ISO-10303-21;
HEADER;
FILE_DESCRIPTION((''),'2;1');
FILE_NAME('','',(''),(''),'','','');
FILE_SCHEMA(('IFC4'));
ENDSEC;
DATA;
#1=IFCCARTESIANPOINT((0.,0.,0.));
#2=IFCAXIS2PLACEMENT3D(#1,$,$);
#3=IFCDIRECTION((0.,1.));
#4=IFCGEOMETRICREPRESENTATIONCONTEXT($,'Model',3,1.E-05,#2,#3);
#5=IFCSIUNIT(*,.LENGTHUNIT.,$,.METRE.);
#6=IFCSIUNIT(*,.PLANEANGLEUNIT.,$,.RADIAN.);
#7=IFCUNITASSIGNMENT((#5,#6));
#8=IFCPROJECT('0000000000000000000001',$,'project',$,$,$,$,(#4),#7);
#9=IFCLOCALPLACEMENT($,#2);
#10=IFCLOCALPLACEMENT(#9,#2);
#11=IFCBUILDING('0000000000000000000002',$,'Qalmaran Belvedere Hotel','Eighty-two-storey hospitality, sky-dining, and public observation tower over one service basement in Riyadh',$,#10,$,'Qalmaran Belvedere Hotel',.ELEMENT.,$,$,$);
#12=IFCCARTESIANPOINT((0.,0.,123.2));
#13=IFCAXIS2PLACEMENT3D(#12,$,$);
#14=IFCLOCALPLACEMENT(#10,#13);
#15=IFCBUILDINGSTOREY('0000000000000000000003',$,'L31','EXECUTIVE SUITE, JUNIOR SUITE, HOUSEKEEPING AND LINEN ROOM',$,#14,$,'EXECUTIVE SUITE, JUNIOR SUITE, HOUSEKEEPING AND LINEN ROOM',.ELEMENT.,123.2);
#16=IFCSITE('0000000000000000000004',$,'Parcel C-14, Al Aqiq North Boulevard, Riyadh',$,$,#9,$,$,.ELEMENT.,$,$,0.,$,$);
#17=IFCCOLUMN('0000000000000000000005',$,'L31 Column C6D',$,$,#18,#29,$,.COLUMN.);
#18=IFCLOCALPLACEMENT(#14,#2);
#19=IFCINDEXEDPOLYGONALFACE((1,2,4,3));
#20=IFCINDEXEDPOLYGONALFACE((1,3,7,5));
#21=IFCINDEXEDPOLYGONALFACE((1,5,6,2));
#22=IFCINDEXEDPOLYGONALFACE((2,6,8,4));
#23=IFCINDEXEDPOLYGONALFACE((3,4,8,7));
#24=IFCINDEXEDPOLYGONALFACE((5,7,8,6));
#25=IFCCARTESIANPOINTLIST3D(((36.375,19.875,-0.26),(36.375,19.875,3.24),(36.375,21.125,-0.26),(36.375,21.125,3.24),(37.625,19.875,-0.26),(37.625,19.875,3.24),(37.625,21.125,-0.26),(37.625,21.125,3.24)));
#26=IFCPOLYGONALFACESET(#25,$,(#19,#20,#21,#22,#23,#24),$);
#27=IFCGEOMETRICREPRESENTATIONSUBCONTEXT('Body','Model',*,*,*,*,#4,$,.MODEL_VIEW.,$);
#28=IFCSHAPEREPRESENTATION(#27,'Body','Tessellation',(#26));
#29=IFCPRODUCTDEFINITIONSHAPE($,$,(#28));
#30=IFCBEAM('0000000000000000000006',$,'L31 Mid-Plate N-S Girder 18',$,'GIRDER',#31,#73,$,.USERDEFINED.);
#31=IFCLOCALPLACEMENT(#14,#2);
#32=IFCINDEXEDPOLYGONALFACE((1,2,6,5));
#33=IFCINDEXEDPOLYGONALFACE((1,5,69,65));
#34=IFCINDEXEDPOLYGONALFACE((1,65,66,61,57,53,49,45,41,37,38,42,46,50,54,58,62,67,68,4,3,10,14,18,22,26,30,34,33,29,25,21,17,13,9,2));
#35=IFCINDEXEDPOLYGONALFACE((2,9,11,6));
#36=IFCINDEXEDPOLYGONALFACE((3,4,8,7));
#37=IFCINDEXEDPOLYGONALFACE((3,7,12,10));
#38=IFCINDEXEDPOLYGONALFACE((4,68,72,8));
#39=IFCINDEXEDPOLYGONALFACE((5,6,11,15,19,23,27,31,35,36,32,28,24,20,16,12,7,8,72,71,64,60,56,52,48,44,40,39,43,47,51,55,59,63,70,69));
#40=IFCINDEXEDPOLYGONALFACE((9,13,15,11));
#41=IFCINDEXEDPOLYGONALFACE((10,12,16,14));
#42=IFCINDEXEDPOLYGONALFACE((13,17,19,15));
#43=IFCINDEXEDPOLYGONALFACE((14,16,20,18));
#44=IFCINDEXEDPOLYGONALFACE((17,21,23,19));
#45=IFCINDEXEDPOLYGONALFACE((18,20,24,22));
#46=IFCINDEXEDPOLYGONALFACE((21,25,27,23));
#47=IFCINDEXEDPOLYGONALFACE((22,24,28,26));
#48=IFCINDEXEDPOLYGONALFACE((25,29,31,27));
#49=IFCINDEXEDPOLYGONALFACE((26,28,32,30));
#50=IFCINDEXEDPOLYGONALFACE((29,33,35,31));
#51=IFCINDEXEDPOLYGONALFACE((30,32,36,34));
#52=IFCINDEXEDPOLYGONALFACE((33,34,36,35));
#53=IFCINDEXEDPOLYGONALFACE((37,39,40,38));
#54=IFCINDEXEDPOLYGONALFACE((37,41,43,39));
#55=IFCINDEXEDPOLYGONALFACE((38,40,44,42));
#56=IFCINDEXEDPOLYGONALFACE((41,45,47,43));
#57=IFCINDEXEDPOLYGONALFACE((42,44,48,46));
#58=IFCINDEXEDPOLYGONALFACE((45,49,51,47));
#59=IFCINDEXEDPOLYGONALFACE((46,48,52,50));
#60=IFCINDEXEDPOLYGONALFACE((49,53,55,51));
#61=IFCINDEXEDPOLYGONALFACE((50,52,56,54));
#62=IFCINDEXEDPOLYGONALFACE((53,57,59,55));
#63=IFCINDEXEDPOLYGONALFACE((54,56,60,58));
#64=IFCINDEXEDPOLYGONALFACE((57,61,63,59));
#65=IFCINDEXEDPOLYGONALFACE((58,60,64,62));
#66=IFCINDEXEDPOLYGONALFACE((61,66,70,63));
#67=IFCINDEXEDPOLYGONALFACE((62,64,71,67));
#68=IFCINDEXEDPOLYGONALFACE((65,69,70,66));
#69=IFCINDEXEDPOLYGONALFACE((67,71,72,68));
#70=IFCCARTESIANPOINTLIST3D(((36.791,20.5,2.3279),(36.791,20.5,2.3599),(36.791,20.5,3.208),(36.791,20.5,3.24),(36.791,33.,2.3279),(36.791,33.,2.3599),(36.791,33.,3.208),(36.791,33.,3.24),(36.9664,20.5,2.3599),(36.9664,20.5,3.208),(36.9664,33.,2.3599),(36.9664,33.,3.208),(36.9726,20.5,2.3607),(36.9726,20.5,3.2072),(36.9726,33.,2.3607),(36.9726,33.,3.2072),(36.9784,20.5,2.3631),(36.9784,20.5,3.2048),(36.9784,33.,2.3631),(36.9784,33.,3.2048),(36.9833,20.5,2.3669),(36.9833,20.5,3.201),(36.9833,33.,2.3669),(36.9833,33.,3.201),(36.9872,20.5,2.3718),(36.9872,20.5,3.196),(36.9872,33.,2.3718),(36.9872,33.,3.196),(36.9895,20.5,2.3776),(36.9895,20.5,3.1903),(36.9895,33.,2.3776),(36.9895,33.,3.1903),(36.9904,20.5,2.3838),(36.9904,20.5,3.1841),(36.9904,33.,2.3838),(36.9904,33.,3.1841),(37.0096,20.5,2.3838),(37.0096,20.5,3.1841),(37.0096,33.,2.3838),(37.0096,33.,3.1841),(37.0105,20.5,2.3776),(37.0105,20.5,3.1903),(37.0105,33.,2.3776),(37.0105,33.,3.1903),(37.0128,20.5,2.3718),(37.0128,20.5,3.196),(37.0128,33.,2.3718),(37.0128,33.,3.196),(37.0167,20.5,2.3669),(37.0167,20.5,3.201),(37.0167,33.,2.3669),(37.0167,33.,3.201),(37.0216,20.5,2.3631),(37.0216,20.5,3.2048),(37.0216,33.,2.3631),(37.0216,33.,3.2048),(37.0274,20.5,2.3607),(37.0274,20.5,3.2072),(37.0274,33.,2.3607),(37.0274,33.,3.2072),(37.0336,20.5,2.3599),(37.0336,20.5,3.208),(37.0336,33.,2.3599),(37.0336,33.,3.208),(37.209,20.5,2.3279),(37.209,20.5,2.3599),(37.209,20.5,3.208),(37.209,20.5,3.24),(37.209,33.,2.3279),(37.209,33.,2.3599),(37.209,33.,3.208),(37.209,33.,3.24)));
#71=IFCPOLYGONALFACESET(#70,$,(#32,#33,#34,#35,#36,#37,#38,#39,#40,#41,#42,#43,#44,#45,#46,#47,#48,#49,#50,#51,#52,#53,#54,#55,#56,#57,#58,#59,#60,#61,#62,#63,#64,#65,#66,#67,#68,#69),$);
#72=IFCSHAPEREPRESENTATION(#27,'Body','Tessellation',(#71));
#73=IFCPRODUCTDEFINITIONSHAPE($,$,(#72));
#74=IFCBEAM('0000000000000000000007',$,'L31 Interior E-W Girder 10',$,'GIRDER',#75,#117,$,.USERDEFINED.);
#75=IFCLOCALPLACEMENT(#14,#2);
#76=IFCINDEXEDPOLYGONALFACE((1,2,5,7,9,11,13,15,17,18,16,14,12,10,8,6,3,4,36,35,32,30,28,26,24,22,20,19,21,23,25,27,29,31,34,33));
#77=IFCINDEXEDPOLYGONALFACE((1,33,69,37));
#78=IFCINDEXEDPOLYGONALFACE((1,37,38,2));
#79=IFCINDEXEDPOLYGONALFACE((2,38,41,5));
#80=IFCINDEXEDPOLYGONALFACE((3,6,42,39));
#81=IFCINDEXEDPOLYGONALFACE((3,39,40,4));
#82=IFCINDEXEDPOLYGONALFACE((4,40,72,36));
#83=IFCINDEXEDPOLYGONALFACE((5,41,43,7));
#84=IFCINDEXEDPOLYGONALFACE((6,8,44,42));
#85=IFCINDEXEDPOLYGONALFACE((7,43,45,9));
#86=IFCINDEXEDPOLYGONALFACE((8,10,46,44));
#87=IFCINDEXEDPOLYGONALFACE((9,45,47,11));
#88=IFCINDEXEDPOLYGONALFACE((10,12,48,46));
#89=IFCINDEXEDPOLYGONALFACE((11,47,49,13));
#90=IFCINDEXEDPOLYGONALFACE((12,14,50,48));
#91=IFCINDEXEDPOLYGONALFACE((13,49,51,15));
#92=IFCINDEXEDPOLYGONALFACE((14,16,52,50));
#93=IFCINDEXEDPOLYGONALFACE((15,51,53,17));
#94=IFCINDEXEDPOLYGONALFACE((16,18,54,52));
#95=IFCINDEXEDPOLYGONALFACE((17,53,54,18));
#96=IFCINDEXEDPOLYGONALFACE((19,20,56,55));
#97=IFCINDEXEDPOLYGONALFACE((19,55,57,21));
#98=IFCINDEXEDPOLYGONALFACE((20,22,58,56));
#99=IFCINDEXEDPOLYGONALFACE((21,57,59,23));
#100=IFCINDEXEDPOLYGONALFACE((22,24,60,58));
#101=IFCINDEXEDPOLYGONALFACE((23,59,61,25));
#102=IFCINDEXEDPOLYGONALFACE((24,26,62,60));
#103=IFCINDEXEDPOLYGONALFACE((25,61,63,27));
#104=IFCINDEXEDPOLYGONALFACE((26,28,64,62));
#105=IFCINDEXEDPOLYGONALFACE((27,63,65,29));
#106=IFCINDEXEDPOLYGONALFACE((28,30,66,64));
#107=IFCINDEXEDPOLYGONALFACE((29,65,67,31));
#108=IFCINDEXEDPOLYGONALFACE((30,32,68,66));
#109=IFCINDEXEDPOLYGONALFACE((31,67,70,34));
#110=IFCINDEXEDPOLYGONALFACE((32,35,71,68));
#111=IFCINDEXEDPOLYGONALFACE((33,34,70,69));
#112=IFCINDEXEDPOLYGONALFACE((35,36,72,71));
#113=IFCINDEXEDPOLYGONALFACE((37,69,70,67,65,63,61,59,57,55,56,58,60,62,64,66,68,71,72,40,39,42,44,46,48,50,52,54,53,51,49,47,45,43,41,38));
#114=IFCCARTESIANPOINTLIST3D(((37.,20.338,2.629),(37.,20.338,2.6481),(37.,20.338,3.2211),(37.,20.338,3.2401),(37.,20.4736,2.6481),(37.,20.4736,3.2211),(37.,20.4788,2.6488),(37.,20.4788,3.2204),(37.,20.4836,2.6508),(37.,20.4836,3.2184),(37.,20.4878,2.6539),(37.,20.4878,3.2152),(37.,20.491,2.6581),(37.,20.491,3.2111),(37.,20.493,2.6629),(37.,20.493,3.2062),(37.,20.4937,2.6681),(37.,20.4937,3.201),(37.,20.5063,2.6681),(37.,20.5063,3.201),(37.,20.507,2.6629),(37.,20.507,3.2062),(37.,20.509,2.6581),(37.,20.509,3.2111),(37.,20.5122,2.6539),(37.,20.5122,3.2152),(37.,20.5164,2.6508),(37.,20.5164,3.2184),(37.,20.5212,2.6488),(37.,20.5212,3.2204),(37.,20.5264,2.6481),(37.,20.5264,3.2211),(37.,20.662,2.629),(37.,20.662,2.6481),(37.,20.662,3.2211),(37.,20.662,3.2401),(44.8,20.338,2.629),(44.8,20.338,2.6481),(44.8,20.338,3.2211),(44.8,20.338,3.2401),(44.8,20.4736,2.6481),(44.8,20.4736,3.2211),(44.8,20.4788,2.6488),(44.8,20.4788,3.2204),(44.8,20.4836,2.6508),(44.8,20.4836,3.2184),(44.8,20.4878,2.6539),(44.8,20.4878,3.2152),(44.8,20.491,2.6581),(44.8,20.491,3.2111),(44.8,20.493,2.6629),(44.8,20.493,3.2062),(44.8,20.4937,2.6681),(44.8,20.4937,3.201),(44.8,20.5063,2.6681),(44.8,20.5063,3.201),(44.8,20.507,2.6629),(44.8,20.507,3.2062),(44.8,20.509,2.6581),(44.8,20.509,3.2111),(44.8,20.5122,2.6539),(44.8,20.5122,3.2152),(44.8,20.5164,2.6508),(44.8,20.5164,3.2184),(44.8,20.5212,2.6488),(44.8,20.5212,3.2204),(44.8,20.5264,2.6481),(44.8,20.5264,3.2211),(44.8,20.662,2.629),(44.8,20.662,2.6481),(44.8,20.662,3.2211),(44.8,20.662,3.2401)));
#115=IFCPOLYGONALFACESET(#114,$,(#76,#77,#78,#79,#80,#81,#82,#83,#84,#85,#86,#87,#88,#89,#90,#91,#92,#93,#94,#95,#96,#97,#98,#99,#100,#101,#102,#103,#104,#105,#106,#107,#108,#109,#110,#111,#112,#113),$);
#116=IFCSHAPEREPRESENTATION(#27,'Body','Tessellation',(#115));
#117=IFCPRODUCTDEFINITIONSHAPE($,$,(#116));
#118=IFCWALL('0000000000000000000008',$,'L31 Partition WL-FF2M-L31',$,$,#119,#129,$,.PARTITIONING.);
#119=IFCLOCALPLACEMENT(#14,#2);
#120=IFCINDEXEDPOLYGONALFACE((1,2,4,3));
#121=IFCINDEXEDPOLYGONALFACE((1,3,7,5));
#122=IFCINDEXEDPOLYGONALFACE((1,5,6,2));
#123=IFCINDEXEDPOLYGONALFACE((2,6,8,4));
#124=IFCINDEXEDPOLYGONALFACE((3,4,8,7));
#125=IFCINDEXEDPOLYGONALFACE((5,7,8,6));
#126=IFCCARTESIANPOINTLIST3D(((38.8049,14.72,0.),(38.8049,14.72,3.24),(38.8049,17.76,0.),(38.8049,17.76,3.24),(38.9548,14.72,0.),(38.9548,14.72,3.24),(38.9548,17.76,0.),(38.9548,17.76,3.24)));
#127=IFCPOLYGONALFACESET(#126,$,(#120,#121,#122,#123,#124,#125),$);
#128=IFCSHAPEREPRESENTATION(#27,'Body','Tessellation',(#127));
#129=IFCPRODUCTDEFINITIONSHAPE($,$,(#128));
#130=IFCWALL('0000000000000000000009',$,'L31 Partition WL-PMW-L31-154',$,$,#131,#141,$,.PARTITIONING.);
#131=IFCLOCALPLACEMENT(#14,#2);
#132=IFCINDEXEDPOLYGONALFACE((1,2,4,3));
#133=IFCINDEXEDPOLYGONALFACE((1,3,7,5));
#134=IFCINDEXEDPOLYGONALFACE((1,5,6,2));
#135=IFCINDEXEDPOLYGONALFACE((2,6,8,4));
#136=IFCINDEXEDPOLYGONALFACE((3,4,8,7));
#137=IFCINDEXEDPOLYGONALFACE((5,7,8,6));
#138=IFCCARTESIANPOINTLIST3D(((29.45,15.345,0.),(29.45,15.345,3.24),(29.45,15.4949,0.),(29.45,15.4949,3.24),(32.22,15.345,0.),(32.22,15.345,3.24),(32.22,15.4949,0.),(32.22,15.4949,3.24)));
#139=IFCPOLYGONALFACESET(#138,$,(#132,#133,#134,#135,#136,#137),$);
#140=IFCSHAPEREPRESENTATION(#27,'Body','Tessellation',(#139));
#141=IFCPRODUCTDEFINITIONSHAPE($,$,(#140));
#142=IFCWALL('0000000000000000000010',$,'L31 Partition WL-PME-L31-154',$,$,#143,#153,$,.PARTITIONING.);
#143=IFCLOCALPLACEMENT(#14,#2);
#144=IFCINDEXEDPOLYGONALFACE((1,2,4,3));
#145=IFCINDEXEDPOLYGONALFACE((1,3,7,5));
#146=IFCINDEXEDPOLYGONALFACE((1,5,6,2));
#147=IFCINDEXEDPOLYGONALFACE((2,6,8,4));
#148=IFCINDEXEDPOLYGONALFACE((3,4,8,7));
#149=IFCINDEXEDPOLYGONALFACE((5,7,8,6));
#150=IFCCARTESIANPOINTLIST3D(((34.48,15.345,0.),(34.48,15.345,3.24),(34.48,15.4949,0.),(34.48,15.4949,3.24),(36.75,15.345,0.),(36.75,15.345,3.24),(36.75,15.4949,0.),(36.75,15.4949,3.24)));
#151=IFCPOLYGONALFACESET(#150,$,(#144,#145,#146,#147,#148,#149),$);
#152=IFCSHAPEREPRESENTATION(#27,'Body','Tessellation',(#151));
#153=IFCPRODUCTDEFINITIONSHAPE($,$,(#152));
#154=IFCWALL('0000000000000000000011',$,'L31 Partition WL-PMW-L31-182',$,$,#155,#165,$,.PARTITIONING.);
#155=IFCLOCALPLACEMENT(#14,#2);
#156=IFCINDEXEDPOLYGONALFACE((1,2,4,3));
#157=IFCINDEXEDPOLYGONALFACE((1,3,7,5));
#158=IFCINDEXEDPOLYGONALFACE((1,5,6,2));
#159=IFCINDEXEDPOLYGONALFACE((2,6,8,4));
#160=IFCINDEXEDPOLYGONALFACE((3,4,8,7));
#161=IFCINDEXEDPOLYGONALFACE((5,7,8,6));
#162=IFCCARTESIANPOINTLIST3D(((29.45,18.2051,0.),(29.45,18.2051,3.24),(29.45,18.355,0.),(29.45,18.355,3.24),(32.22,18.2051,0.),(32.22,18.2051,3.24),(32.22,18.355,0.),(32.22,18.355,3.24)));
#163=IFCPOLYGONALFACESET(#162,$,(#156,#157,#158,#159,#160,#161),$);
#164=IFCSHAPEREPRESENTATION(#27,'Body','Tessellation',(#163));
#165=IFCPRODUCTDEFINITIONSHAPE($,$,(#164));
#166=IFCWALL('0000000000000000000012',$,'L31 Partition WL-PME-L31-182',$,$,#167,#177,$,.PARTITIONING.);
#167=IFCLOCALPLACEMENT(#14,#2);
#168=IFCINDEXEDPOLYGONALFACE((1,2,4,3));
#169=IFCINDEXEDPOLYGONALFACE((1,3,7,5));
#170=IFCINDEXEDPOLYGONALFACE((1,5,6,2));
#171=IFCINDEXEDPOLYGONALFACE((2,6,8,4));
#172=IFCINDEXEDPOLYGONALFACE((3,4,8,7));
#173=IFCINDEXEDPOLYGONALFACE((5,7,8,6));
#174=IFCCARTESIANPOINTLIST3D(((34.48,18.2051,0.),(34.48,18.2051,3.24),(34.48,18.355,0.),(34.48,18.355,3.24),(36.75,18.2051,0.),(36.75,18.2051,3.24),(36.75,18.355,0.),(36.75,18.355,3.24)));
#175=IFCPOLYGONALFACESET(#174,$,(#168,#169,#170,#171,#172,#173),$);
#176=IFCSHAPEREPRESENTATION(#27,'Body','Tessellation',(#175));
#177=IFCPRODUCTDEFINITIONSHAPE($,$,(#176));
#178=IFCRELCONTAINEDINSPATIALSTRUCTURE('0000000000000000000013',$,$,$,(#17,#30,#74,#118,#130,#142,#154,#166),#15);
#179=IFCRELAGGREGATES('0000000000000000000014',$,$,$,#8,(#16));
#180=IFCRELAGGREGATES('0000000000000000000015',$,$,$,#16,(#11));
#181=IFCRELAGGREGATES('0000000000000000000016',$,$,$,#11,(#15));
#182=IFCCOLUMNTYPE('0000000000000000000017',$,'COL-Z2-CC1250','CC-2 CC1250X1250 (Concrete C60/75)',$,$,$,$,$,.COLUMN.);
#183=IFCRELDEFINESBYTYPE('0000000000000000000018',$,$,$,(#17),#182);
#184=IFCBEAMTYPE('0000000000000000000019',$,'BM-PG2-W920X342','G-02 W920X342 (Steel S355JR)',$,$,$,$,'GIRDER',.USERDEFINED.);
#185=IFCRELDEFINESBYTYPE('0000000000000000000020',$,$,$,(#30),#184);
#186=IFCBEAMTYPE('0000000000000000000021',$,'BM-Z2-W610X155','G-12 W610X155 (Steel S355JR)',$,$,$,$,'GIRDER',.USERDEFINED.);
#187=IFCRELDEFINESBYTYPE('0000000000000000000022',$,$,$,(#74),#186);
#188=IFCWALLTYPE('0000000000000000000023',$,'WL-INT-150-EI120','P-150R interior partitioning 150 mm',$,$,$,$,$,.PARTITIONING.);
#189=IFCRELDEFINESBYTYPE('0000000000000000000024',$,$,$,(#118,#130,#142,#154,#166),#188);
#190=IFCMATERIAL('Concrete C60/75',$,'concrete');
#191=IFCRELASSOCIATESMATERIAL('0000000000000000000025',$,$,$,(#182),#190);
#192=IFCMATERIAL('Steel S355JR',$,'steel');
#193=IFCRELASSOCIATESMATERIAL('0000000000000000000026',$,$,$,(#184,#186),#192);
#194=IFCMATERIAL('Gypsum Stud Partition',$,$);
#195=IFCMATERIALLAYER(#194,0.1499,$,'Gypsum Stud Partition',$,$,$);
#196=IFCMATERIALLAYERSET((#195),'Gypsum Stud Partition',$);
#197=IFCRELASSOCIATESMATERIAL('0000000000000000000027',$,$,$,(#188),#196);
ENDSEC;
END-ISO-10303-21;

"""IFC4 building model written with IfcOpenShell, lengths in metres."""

from ifc_helpers import new_model, si_unit, direction, frame, frame_2d, origin, origin_2d, place, context, subcontext, project, spatial, rectangle, i_section, extrude, material, layer, layer_set, material_profile, profile_set, type_object, element, save


model = new_model("IFC4")

# Units and contexts
model_context = context("Model", 3, precision=1e-05, world=origin(), true_north=direction((0.0, 1.0)))
body_context = subcontext(model_context, "Body", "Model", "MODEL_VIEW")
ifc_project = project(units=[si_unit("LENGTHUNIT", "METRE"), si_unit("PLANEANGLEUNIT", "RADIAN")], contexts=[model_context])

# Site, building, storey
site_placement = place(None, origin())
site = spatial("IfcSite", under=ifc_project, at=site_placement, Name="Parcel C-14, Al Aqiq North Boulevard, Riyadh", CompositionType="ELEMENT", RefElevation=0.0)
building_placement = place(site_placement, origin())
building = spatial("IfcBuilding", under=site, at=building_placement, Name="Qalmaran Belvedere Hotel", Description="Eighty-two-storey hospitality, sky-dining, and public observation tower over one service basement in Riyadh", LongName="Qalmaran Belvedere Hotel", CompositionType="ELEMENT")
storey_placement = place(building_placement, frame((0.0, 0.0, 123.2)))
storey = spatial("IfcBuildingStorey", under=building, at=storey_placement, Name="L31", Description="EXECUTIVE SUITE, JUNIOR SUITE, HOUSEKEEPING AND LINEN ROOM", LongName="EXECUTIVE SUITE, JUNIOR SUITE, HOUSEKEEPING AND LINEN ROOM", CompositionType="ELEMENT", Elevation=123.2)

# Column
ifc_material_1 = material(Name="Concrete C60/75", Category="concrete")
ifc_material_profile_1 = material_profile(ifc_material_1, rectangle(XDim=1.25, YDim=1.25, at=origin_2d()), Name="CC1250X1250")
ifc_profile_set_1 = profile_set([ifc_material_profile_1], Name="Concrete C60/75")
column_type = type_object("IfcColumnType", Name="COL-Z2-CC1250", Description="CC-2 CC1250X1250 (Concrete C60/75)", PredefinedType="COLUMN", material=ifc_profile_set_1)
column_placement = place(storey_placement, frame((37.0, 20.5, -0.26), z_axis=(0.0, 0.0, 1.0), x_axis=(1.0, 0.0, 0.0)))
element("IfcColumn", 1, at=column_placement, inside=storey, type_object=column_type, Name="L31 Column C6D", PredefinedType="COLUMN", context=body_context, shape_type="SweptSolid", body=[
    extrude(rectangle(XDim=1.25, YDim=1.25, at=origin_2d()), origin(), (0.0, 0.0, 1.0), 3.5),
])

# Beams
ifc_material_2 = material(Name="Steel S355JR", Category="steel")
ifc_material_profile_2 = material_profile(ifc_material_2, i_section(OverallWidth=0.418, OverallDepth=0.9121, WebThickness=0.0193, FlangeThickness=0.032, FilletRadius=0.0239, at=origin_2d()), Name="W920X342")
ifc_profile_set_2 = profile_set([ifc_material_profile_2], Name="Steel S355JR")
beam_type_1 = type_object("IfcBeamType", Name="BM-PG2-W920X342", Description="G-02 W920X342 (Steel S355JR)", ElementType="GIRDER", PredefinedType="USERDEFINED", material=ifc_profile_set_2)
beam_1_placement = place(storey_placement, frame((37.0, 20.5, 2.7839), z_axis=(0.0, 1.0, 0.0), x_axis=(-1.0, 0.0, 0.0)))
element("IfcBeam", 2, at=beam_1_placement, inside=storey, type_object=beam_type_1, Name="L31 Mid-Plate N-S Girder 18", ObjectType="GIRDER", PredefinedType="USERDEFINED", context=body_context, shape_type="SweptSolid", body=[
    extrude(i_section(OverallWidth=0.418, OverallDepth=0.9121, WebThickness=0.0193, FlangeThickness=0.032, FilletRadius=0.0239, at=origin_2d()), origin(), (0.0, 0.0, 1.0), 12.5),
])
ifc_material_profile_3 = material_profile(ifc_material_2, i_section(OverallWidth=0.324, OverallDepth=0.6111, WebThickness=0.0127, FlangeThickness=0.019, FilletRadius=0.02, at=origin_2d()), Name="W610X155")
ifc_profile_set_3 = profile_set([ifc_material_profile_3], Name="Steel S355JR")
beam_type_2 = type_object("IfcBeamType", Name="BM-Z2-W610X155", Description="G-12 W610X155 (Steel S355JR)", ElementType="GIRDER", PredefinedType="USERDEFINED", material=ifc_profile_set_3)
beam_2_placement = place(storey_placement, frame((37.0, 20.5, 2.9346), z_axis=(1.0, 0.0, 0.0), x_axis=(0.0, 1.0, 0.0)))
element("IfcBeam", 3, at=beam_2_placement, inside=storey, type_object=beam_type_2, Name="L31 Interior E-W Girder 10", ObjectType="GIRDER", PredefinedType="USERDEFINED", context=body_context, shape_type="SweptSolid", body=[
    extrude(i_section(OverallWidth=0.324, OverallDepth=0.6111, WebThickness=0.0127, FlangeThickness=0.019, FilletRadius=0.02, at=origin_2d()), origin(), (0.0, 0.0, 1.0), 7.8),
])

# Walls
ifc_material_3 = material(Name="Gypsum Stud Partition")
ifc_layer_1 = layer(ifc_material_3, 0.1499, Name="Gypsum Stud Partition")
ifc_layer_set_1 = layer_set([ifc_layer_1], Name="Gypsum Stud Partition")
wall_type_1 = type_object("IfcWallType", Name="WL-INT-150-EI120", Description="P-150R interior partitioning 150 mm", PredefinedType="PARTITIONING", material=ifc_layer_set_1)
wall_1_placement = place(storey_placement, frame((38.8799, 14.72, 0.0), z_axis=(0.0, 0.0, 1.0), x_axis=(0.0, 1.0, 0.0)))
element("IfcWall", 4, at=wall_1_placement, inside=storey, type_object=wall_type_1, Name="L31 Partition WL-FF2M-L31", PredefinedType="PARTITIONING", context=body_context, shape_type="SweptSolid", body=[
    extrude(rectangle(XDim=3.04, YDim=0.1499, at=frame_2d((1.52, 0.0))), origin(), (0.0, 0.0, 1.0), 3.24),
])
wall_2_placement = place(storey_placement, frame((29.45, 15.4199, 0.0), z_axis=(0.0, 0.0, 1.0), x_axis=(1.0, 0.0, 0.0)))
element("IfcWall", 5, at=wall_2_placement, inside=storey, type_object=wall_type_1, Name="L31 Partition WL-PMW-L31-154", PredefinedType="PARTITIONING", context=body_context, shape_type="SweptSolid", body=[
    extrude(rectangle(XDim=2.77, YDim=0.1499, at=frame_2d((1.385, 0.0))), origin(), (0.0, 0.0, 1.0), 3.24),
])
wall_3_placement = place(storey_placement, frame((34.48, 15.4199, 0.0), z_axis=(0.0, 0.0, 1.0), x_axis=(1.0, 0.0, 0.0)))
element("IfcWall", 6, at=wall_3_placement, inside=storey, type_object=wall_type_1, Name="L31 Partition WL-PME-L31-154", PredefinedType="PARTITIONING", context=body_context, shape_type="SweptSolid", body=[
    extrude(rectangle(XDim=2.27, YDim=0.1499, at=frame_2d((1.135, 0.0))), origin(), (0.0, 0.0, 1.0), 3.24),
])
wall_4_placement = place(storey_placement, frame((29.45, 18.28, 0.0), z_axis=(0.0, 0.0, 1.0), x_axis=(1.0, 0.0, 0.0)))
element("IfcWall", 7, at=wall_4_placement, inside=storey, type_object=wall_type_1, Name="L31 Partition WL-PMW-L31-182", PredefinedType="PARTITIONING", context=body_context, shape_type="SweptSolid", body=[
    extrude(rectangle(XDim=2.77, YDim=0.1499, at=frame_2d((1.385, 0.0))), origin(), (0.0, 0.0, 1.0), 3.24),
])
wall_5_placement = place(storey_placement, frame((34.48, 18.28, 0.0), z_axis=(0.0, 0.0, 1.0), x_axis=(1.0, 0.0, 0.0)))
element("IfcWall", 8, at=wall_5_placement, inside=storey, type_object=wall_type_1, Name="L31 Partition WL-PME-L31-182", PredefinedType="PARTITIONING", context=body_context, shape_type="SweptSolid", body=[
    extrude(rectangle(XDim=2.27, YDim=0.1499, at=frame_2d((1.135, 0.0))), origin(), (0.0, 0.0, 1.0), 3.24),
])

save(model, "model.ifc")
